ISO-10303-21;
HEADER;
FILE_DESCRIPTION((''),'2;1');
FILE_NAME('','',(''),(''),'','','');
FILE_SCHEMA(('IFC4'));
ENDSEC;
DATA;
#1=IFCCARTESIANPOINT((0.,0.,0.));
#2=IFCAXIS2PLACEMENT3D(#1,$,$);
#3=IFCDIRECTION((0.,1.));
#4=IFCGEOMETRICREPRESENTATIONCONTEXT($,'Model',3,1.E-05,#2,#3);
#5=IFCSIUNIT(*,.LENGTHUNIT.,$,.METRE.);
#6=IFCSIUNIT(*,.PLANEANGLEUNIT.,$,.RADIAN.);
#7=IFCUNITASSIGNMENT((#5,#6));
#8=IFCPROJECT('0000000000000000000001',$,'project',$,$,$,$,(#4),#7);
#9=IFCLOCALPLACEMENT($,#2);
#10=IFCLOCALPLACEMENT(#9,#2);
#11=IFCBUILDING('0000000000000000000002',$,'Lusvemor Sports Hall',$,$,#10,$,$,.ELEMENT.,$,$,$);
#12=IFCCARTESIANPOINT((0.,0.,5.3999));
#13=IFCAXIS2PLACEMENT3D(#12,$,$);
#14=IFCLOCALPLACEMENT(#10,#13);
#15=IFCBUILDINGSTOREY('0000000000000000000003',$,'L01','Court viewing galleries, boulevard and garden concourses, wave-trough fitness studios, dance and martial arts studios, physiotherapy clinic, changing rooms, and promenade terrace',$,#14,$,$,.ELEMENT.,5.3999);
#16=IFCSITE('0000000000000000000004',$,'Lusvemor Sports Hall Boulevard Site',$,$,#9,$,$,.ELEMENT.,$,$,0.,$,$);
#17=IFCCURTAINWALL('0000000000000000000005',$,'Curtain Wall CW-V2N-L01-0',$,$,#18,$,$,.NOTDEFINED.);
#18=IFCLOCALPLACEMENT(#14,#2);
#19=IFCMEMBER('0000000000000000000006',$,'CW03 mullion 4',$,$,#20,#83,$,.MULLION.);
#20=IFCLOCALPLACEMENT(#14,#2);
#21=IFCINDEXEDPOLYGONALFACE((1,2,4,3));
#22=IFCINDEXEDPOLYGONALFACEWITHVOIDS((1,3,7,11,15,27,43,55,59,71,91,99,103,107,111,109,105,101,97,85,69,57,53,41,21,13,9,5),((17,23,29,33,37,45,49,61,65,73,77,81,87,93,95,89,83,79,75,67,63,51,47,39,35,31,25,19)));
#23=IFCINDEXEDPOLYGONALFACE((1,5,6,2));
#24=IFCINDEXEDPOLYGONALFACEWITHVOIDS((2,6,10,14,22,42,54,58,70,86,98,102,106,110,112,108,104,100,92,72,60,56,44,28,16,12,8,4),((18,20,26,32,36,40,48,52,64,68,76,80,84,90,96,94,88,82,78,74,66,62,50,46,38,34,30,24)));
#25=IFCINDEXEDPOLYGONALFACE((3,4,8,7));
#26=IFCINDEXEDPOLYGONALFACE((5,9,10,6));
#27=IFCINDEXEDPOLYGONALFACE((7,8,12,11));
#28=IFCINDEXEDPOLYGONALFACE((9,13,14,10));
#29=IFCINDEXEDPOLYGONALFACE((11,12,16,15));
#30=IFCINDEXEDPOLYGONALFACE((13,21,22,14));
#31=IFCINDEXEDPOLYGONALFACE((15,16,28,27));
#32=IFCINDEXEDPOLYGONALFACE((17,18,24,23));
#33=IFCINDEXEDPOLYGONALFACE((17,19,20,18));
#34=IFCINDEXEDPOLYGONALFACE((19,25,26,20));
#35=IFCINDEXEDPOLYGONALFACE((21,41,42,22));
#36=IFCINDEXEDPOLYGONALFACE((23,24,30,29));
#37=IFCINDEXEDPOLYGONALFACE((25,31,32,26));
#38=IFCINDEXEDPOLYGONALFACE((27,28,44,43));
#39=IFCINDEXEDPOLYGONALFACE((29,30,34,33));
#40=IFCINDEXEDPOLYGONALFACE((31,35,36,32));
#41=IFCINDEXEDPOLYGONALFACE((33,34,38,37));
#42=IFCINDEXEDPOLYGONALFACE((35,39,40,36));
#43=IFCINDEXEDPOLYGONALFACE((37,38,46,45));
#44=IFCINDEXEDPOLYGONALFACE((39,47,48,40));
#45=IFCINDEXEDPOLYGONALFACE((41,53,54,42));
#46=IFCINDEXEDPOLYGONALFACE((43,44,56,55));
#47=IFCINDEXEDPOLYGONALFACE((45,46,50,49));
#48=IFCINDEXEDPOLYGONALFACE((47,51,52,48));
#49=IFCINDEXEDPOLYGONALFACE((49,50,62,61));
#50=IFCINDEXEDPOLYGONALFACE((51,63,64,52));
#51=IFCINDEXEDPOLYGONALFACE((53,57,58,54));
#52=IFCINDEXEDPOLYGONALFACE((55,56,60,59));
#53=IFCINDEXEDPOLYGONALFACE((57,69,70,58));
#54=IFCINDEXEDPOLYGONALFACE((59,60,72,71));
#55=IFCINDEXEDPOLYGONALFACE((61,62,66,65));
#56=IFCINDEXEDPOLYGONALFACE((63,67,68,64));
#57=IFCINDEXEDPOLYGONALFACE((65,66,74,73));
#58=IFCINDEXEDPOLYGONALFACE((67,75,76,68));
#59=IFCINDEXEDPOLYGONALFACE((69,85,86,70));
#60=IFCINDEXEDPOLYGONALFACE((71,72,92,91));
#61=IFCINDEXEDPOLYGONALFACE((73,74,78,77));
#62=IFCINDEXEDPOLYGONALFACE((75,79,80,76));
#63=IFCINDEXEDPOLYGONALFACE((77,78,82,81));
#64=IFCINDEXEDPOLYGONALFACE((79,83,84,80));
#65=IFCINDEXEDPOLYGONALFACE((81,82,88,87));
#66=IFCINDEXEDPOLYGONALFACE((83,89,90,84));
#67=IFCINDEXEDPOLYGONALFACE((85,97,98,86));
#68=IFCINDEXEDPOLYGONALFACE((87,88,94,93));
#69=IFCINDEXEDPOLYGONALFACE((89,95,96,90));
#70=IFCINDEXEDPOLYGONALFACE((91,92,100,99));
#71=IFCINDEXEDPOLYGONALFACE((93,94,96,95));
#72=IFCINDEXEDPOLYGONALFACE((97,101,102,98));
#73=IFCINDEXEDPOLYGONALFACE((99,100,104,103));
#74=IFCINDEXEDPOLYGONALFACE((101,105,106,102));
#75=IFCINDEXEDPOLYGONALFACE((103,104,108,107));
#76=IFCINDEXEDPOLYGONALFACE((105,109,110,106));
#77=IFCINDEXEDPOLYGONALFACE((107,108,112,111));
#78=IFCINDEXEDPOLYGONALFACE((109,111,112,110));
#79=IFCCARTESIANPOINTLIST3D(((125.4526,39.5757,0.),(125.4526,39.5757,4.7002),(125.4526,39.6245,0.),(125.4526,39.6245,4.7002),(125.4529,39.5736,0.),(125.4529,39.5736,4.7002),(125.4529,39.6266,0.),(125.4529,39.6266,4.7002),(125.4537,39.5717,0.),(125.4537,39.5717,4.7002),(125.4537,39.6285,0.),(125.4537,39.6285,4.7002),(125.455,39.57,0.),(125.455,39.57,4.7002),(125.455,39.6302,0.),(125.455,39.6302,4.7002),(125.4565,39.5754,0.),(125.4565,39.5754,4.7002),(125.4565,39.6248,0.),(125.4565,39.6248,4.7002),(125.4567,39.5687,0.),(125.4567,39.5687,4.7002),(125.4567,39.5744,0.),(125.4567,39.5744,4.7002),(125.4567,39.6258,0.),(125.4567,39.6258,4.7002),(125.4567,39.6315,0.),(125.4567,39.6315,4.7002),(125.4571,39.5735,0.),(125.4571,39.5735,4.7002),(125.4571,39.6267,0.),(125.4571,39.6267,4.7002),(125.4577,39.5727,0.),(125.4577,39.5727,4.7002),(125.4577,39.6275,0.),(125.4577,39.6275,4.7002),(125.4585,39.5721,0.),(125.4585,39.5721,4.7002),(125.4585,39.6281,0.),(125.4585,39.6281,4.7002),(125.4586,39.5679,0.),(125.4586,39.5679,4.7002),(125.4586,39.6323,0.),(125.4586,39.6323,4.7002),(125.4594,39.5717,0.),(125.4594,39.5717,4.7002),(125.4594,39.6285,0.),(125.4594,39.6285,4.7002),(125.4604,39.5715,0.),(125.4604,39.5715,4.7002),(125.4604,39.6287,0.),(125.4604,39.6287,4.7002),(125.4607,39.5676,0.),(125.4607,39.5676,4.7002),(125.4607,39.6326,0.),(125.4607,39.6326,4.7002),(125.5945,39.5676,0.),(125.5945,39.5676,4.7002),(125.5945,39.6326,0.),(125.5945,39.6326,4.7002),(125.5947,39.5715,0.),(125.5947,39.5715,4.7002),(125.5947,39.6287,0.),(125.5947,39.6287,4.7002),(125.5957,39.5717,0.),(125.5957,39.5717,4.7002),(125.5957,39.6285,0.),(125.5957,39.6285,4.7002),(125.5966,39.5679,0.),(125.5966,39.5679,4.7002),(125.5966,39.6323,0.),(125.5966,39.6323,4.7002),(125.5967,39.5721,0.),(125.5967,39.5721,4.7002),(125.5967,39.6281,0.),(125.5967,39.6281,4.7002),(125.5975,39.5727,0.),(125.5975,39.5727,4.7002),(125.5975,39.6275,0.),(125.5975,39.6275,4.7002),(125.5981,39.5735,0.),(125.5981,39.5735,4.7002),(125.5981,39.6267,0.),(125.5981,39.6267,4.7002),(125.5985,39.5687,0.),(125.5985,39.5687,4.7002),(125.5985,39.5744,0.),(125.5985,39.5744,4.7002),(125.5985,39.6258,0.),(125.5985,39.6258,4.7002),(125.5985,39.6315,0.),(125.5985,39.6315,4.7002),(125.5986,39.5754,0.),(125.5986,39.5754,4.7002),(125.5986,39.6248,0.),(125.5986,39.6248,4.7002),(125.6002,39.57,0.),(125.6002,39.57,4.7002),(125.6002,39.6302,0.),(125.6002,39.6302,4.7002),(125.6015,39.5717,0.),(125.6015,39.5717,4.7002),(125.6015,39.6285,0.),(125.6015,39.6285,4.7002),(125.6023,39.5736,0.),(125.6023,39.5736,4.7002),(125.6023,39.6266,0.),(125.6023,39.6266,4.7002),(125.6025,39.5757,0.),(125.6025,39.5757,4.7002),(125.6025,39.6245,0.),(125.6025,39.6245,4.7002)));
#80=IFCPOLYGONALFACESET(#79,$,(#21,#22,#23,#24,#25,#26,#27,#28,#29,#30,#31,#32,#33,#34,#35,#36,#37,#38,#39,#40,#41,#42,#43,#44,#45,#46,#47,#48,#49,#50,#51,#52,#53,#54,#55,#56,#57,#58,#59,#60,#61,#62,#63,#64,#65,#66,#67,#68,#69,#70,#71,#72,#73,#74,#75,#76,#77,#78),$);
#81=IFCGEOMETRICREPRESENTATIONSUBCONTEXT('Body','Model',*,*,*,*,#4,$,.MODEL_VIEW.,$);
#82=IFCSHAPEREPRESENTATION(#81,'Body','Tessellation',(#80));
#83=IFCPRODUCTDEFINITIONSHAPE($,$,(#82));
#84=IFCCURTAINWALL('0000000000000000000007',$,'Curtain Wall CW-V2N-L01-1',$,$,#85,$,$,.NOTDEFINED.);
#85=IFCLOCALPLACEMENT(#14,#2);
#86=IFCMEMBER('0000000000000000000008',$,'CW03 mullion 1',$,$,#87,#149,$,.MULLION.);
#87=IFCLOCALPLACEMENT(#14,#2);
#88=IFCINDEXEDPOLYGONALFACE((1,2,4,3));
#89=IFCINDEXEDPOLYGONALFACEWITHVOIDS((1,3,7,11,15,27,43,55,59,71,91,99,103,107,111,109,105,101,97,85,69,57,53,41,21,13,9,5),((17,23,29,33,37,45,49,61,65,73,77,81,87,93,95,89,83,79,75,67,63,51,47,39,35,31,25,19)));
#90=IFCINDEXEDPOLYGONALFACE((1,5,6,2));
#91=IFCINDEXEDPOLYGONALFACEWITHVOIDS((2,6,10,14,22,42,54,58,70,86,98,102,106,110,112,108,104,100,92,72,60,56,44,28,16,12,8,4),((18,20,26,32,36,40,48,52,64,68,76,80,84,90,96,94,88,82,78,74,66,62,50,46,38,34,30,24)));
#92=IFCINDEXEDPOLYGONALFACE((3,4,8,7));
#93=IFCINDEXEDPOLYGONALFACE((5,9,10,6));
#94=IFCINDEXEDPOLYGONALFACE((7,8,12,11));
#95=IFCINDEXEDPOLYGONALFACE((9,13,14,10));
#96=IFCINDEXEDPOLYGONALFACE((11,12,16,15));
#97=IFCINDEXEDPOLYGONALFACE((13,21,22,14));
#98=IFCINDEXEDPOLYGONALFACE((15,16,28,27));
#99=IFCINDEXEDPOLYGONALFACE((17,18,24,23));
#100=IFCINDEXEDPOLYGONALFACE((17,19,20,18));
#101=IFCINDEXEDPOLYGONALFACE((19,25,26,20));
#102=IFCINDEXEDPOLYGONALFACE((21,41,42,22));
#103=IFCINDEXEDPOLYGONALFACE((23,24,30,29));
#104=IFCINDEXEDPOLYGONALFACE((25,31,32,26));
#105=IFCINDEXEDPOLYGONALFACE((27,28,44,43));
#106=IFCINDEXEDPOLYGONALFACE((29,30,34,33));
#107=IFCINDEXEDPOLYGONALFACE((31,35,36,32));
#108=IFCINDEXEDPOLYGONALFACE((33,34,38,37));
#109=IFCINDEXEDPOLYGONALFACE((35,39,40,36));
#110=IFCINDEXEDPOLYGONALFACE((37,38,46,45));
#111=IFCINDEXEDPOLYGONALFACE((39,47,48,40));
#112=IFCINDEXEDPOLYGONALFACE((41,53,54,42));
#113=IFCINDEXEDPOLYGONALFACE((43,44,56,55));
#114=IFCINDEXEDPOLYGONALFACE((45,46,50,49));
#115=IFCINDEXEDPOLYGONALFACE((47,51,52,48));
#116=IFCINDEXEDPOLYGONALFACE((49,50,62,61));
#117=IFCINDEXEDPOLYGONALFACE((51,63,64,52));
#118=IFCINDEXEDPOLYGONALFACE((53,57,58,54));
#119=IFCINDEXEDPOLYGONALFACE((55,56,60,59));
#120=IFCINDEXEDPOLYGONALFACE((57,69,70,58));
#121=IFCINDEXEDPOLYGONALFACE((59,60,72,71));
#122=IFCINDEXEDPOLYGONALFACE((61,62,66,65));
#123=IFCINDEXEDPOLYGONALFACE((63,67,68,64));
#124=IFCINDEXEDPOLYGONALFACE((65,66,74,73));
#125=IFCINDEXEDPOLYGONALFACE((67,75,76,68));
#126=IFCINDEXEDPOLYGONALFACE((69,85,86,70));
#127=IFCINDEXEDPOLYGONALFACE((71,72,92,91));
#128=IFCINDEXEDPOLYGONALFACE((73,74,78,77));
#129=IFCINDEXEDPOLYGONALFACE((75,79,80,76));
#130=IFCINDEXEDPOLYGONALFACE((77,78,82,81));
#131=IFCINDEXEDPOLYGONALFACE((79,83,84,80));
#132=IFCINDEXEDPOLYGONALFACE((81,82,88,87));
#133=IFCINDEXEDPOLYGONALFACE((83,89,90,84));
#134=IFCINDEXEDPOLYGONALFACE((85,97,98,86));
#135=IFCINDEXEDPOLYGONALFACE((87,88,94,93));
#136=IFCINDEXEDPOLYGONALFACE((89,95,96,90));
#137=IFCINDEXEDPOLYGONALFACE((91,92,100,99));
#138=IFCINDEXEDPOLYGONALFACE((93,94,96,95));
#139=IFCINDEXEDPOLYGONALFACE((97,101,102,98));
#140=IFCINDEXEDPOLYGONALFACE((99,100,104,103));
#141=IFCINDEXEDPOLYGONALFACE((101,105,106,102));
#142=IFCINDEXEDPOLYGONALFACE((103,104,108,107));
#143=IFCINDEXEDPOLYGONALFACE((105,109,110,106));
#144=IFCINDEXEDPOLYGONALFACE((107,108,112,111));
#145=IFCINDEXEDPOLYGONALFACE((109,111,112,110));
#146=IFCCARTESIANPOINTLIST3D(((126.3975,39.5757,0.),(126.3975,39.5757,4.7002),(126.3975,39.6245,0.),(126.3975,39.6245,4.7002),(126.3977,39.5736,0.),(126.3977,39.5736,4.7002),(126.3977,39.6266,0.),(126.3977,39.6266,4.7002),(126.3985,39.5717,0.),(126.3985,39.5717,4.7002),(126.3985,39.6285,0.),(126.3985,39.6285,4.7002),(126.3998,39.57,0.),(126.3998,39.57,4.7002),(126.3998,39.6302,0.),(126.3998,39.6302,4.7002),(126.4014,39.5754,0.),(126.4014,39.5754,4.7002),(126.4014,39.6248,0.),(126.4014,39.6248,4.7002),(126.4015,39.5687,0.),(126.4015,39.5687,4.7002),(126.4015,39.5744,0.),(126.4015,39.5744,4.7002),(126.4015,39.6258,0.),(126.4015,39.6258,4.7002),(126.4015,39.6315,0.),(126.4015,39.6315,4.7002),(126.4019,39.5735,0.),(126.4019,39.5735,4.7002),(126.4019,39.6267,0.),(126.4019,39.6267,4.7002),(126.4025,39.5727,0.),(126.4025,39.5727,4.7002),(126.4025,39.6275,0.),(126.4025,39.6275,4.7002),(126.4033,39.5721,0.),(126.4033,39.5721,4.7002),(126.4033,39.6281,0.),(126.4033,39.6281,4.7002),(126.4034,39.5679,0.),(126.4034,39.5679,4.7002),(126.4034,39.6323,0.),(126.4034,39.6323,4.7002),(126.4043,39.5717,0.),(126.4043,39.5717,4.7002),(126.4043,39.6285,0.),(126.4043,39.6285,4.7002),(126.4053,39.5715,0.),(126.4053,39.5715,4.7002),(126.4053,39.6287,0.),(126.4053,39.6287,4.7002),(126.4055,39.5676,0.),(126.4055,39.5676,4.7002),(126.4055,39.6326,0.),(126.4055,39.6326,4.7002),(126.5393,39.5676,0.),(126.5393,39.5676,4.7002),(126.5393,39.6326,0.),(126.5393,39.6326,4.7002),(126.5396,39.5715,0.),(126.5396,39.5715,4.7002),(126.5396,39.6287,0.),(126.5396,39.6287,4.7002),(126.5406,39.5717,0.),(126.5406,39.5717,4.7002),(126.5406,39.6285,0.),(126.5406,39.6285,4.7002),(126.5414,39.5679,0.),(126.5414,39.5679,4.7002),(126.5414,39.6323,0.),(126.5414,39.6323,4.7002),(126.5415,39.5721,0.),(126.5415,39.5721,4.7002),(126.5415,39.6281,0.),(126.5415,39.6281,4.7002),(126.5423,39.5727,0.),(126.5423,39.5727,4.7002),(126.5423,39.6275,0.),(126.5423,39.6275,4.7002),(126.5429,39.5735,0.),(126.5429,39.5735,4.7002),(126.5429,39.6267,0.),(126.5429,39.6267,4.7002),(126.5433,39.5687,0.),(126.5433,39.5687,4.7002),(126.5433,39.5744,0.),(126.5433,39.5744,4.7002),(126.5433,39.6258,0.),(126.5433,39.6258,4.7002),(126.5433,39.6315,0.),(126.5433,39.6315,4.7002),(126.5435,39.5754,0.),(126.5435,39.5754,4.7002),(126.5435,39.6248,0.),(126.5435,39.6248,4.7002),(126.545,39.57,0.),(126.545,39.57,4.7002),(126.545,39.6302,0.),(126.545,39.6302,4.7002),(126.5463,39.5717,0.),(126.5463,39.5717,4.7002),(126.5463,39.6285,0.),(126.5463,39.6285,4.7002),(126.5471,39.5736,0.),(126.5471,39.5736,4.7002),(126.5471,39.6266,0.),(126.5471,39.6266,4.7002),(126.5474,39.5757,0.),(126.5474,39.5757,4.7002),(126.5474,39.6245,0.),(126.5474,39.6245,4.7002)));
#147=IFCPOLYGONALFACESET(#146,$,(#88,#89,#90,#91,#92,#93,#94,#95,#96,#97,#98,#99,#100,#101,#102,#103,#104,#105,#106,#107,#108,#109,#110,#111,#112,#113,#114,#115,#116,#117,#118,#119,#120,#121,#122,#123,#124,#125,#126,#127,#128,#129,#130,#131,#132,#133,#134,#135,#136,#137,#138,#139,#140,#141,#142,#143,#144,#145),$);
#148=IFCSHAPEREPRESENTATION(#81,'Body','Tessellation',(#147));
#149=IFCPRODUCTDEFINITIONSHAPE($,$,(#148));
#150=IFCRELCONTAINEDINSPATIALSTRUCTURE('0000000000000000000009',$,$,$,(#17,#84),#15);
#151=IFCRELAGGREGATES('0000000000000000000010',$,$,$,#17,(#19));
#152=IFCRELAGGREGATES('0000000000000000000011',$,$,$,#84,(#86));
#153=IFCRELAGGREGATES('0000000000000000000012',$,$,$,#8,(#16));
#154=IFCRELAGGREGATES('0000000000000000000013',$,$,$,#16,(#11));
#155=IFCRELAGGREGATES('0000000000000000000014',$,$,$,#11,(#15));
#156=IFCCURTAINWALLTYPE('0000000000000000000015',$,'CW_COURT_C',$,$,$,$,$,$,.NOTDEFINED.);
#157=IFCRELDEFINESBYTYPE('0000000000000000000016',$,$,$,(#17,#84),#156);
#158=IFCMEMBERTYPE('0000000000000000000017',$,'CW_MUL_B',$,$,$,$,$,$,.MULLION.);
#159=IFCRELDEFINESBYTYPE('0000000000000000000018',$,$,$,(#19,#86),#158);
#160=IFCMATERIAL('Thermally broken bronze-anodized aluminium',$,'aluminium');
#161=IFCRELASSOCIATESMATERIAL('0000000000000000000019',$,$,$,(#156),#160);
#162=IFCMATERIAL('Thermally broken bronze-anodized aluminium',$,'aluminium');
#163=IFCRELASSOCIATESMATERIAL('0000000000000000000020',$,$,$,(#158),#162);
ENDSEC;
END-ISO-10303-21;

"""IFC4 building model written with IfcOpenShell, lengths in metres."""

from ifc_helpers import new_model, si_unit, direction, frame, origin, origin_2d, place, context, subcontext, project, spatial, hollow_rectangle, extrude, material, material_profile, profile_set, type_object, element, aggregate, save


model = new_model("IFC4")

# Units and contexts
model_context = context("Model", 3, precision=1e-05, world=origin(), true_north=direction((0.0, 1.0)))
body_context = subcontext(model_context, "Body", "Model", "MODEL_VIEW")
ifc_project = project(units=[si_unit("LENGTHUNIT", "METRE"), si_unit("PLANEANGLEUNIT", "RADIAN")], contexts=[model_context])

# Site, building, storey
site_placement = place(None, origin())
site = spatial("IfcSite", under=ifc_project, at=site_placement, Name="Lusvemor Sports Hall Boulevard Site", CompositionType="ELEMENT", RefElevation=0.0)
building_placement = place(site_placement, origin())
building = spatial("IfcBuilding", under=site, at=building_placement, Name="Lusvemor Sports Hall", CompositionType="ELEMENT")
storey_placement = place(building_placement, frame((0.0, 0.0, 5.3999)))
storey = spatial("IfcBuildingStorey", under=building, at=storey_placement, Name="L01", Description="Court viewing galleries, boulevard and garden concourses, wave-trough fitness studios, dance and martial arts studios, physiotherapy clinic, changing rooms, and promenade terrace", CompositionType="ELEMENT", Elevation=5.3999)

# Curtain walls, members
ifc_material_1 = material(Name="Thermally broken bronze-anodized aluminium", Category="aluminium")
curtain_wall_type = type_object("IfcCurtainWallType", Name="CW_COURT_C", PredefinedType="NOTDEFINED", material=ifc_material_1)
curtain_wall_1_placement = place(storey_placement, origin())
curtain_wall_1 = element("IfcCurtainWall", 1, at=curtain_wall_1_placement, inside=storey, type_object=curtain_wall_type, Name="Curtain Wall CW-V2N-L01-0", PredefinedType="NOTDEFINED")
ifc_material_2 = material(Name="Thermally broken bronze-anodized aluminium", Category="aluminium")
ifc_material_profile_1 = material_profile(ifc_material_2, hollow_rectangle(XDim=0.0649, YDim=0.1499, WallThickness=0.0039, InnerFilletRadius=0.0039, OuterFilletRadius=0.0081, at=origin_2d()), Name="CWMUL150x65x4")
ifc_profile_set_1 = profile_set([ifc_material_profile_1], Name="Thermally broken bronze-anodized aluminium")
member_type_1 = type_object("IfcMemberType", Name="CW_MUL_B", PredefinedType="MULLION", material=ifc_profile_set_1)
member_1_placement = place(storey_placement, frame((125.5276, 39.6001, 0.0), z_axis=(0.0, 0.0, 1.0), x_axis=(0.0, 1.0, 0.0)))
member_1 = element("IfcMember", 2, at=member_1_placement, type_object=member_type_1, Name="CW03 mullion 4", PredefinedType="MULLION", context=body_context, shape_type="SweptSolid", body=[
    extrude(hollow_rectangle(XDim=0.0649, YDim=0.1499, WallThickness=0.0039, InnerFilletRadius=0.0039, OuterFilletRadius=0.0081, at=origin_2d()), origin(), (0.0, 0.0, 1.0), 4.7002),
])
curtain_wall_2_placement = place(storey_placement, origin())
curtain_wall_2 = element("IfcCurtainWall", 3, at=curtain_wall_2_placement, inside=storey, type_object=curtain_wall_type, Name="Curtain Wall CW-V2N-L01-1", PredefinedType="NOTDEFINED")
member_2_placement = place(storey_placement, frame((126.4724, 39.6001, 0.0), z_axis=(0.0, 0.0, 1.0), x_axis=(0.0, 1.0, 0.0)))
member_2 = element("IfcMember", 4, at=member_2_placement, type_object=member_type_1, Name="CW03 mullion 1", PredefinedType="MULLION", context=body_context, shape_type="SweptSolid", body=[
    extrude(hollow_rectangle(XDim=0.0649, YDim=0.1499, WallThickness=0.0039, InnerFilletRadius=0.0039, OuterFilletRadius=0.0081, at=origin_2d()), origin(), (0.0, 0.0, 1.0), 4.7002),
])

aggregate(curtain_wall_1, [member_1])
aggregate(curtain_wall_2, [member_2])

save(model, "model.ifc")
